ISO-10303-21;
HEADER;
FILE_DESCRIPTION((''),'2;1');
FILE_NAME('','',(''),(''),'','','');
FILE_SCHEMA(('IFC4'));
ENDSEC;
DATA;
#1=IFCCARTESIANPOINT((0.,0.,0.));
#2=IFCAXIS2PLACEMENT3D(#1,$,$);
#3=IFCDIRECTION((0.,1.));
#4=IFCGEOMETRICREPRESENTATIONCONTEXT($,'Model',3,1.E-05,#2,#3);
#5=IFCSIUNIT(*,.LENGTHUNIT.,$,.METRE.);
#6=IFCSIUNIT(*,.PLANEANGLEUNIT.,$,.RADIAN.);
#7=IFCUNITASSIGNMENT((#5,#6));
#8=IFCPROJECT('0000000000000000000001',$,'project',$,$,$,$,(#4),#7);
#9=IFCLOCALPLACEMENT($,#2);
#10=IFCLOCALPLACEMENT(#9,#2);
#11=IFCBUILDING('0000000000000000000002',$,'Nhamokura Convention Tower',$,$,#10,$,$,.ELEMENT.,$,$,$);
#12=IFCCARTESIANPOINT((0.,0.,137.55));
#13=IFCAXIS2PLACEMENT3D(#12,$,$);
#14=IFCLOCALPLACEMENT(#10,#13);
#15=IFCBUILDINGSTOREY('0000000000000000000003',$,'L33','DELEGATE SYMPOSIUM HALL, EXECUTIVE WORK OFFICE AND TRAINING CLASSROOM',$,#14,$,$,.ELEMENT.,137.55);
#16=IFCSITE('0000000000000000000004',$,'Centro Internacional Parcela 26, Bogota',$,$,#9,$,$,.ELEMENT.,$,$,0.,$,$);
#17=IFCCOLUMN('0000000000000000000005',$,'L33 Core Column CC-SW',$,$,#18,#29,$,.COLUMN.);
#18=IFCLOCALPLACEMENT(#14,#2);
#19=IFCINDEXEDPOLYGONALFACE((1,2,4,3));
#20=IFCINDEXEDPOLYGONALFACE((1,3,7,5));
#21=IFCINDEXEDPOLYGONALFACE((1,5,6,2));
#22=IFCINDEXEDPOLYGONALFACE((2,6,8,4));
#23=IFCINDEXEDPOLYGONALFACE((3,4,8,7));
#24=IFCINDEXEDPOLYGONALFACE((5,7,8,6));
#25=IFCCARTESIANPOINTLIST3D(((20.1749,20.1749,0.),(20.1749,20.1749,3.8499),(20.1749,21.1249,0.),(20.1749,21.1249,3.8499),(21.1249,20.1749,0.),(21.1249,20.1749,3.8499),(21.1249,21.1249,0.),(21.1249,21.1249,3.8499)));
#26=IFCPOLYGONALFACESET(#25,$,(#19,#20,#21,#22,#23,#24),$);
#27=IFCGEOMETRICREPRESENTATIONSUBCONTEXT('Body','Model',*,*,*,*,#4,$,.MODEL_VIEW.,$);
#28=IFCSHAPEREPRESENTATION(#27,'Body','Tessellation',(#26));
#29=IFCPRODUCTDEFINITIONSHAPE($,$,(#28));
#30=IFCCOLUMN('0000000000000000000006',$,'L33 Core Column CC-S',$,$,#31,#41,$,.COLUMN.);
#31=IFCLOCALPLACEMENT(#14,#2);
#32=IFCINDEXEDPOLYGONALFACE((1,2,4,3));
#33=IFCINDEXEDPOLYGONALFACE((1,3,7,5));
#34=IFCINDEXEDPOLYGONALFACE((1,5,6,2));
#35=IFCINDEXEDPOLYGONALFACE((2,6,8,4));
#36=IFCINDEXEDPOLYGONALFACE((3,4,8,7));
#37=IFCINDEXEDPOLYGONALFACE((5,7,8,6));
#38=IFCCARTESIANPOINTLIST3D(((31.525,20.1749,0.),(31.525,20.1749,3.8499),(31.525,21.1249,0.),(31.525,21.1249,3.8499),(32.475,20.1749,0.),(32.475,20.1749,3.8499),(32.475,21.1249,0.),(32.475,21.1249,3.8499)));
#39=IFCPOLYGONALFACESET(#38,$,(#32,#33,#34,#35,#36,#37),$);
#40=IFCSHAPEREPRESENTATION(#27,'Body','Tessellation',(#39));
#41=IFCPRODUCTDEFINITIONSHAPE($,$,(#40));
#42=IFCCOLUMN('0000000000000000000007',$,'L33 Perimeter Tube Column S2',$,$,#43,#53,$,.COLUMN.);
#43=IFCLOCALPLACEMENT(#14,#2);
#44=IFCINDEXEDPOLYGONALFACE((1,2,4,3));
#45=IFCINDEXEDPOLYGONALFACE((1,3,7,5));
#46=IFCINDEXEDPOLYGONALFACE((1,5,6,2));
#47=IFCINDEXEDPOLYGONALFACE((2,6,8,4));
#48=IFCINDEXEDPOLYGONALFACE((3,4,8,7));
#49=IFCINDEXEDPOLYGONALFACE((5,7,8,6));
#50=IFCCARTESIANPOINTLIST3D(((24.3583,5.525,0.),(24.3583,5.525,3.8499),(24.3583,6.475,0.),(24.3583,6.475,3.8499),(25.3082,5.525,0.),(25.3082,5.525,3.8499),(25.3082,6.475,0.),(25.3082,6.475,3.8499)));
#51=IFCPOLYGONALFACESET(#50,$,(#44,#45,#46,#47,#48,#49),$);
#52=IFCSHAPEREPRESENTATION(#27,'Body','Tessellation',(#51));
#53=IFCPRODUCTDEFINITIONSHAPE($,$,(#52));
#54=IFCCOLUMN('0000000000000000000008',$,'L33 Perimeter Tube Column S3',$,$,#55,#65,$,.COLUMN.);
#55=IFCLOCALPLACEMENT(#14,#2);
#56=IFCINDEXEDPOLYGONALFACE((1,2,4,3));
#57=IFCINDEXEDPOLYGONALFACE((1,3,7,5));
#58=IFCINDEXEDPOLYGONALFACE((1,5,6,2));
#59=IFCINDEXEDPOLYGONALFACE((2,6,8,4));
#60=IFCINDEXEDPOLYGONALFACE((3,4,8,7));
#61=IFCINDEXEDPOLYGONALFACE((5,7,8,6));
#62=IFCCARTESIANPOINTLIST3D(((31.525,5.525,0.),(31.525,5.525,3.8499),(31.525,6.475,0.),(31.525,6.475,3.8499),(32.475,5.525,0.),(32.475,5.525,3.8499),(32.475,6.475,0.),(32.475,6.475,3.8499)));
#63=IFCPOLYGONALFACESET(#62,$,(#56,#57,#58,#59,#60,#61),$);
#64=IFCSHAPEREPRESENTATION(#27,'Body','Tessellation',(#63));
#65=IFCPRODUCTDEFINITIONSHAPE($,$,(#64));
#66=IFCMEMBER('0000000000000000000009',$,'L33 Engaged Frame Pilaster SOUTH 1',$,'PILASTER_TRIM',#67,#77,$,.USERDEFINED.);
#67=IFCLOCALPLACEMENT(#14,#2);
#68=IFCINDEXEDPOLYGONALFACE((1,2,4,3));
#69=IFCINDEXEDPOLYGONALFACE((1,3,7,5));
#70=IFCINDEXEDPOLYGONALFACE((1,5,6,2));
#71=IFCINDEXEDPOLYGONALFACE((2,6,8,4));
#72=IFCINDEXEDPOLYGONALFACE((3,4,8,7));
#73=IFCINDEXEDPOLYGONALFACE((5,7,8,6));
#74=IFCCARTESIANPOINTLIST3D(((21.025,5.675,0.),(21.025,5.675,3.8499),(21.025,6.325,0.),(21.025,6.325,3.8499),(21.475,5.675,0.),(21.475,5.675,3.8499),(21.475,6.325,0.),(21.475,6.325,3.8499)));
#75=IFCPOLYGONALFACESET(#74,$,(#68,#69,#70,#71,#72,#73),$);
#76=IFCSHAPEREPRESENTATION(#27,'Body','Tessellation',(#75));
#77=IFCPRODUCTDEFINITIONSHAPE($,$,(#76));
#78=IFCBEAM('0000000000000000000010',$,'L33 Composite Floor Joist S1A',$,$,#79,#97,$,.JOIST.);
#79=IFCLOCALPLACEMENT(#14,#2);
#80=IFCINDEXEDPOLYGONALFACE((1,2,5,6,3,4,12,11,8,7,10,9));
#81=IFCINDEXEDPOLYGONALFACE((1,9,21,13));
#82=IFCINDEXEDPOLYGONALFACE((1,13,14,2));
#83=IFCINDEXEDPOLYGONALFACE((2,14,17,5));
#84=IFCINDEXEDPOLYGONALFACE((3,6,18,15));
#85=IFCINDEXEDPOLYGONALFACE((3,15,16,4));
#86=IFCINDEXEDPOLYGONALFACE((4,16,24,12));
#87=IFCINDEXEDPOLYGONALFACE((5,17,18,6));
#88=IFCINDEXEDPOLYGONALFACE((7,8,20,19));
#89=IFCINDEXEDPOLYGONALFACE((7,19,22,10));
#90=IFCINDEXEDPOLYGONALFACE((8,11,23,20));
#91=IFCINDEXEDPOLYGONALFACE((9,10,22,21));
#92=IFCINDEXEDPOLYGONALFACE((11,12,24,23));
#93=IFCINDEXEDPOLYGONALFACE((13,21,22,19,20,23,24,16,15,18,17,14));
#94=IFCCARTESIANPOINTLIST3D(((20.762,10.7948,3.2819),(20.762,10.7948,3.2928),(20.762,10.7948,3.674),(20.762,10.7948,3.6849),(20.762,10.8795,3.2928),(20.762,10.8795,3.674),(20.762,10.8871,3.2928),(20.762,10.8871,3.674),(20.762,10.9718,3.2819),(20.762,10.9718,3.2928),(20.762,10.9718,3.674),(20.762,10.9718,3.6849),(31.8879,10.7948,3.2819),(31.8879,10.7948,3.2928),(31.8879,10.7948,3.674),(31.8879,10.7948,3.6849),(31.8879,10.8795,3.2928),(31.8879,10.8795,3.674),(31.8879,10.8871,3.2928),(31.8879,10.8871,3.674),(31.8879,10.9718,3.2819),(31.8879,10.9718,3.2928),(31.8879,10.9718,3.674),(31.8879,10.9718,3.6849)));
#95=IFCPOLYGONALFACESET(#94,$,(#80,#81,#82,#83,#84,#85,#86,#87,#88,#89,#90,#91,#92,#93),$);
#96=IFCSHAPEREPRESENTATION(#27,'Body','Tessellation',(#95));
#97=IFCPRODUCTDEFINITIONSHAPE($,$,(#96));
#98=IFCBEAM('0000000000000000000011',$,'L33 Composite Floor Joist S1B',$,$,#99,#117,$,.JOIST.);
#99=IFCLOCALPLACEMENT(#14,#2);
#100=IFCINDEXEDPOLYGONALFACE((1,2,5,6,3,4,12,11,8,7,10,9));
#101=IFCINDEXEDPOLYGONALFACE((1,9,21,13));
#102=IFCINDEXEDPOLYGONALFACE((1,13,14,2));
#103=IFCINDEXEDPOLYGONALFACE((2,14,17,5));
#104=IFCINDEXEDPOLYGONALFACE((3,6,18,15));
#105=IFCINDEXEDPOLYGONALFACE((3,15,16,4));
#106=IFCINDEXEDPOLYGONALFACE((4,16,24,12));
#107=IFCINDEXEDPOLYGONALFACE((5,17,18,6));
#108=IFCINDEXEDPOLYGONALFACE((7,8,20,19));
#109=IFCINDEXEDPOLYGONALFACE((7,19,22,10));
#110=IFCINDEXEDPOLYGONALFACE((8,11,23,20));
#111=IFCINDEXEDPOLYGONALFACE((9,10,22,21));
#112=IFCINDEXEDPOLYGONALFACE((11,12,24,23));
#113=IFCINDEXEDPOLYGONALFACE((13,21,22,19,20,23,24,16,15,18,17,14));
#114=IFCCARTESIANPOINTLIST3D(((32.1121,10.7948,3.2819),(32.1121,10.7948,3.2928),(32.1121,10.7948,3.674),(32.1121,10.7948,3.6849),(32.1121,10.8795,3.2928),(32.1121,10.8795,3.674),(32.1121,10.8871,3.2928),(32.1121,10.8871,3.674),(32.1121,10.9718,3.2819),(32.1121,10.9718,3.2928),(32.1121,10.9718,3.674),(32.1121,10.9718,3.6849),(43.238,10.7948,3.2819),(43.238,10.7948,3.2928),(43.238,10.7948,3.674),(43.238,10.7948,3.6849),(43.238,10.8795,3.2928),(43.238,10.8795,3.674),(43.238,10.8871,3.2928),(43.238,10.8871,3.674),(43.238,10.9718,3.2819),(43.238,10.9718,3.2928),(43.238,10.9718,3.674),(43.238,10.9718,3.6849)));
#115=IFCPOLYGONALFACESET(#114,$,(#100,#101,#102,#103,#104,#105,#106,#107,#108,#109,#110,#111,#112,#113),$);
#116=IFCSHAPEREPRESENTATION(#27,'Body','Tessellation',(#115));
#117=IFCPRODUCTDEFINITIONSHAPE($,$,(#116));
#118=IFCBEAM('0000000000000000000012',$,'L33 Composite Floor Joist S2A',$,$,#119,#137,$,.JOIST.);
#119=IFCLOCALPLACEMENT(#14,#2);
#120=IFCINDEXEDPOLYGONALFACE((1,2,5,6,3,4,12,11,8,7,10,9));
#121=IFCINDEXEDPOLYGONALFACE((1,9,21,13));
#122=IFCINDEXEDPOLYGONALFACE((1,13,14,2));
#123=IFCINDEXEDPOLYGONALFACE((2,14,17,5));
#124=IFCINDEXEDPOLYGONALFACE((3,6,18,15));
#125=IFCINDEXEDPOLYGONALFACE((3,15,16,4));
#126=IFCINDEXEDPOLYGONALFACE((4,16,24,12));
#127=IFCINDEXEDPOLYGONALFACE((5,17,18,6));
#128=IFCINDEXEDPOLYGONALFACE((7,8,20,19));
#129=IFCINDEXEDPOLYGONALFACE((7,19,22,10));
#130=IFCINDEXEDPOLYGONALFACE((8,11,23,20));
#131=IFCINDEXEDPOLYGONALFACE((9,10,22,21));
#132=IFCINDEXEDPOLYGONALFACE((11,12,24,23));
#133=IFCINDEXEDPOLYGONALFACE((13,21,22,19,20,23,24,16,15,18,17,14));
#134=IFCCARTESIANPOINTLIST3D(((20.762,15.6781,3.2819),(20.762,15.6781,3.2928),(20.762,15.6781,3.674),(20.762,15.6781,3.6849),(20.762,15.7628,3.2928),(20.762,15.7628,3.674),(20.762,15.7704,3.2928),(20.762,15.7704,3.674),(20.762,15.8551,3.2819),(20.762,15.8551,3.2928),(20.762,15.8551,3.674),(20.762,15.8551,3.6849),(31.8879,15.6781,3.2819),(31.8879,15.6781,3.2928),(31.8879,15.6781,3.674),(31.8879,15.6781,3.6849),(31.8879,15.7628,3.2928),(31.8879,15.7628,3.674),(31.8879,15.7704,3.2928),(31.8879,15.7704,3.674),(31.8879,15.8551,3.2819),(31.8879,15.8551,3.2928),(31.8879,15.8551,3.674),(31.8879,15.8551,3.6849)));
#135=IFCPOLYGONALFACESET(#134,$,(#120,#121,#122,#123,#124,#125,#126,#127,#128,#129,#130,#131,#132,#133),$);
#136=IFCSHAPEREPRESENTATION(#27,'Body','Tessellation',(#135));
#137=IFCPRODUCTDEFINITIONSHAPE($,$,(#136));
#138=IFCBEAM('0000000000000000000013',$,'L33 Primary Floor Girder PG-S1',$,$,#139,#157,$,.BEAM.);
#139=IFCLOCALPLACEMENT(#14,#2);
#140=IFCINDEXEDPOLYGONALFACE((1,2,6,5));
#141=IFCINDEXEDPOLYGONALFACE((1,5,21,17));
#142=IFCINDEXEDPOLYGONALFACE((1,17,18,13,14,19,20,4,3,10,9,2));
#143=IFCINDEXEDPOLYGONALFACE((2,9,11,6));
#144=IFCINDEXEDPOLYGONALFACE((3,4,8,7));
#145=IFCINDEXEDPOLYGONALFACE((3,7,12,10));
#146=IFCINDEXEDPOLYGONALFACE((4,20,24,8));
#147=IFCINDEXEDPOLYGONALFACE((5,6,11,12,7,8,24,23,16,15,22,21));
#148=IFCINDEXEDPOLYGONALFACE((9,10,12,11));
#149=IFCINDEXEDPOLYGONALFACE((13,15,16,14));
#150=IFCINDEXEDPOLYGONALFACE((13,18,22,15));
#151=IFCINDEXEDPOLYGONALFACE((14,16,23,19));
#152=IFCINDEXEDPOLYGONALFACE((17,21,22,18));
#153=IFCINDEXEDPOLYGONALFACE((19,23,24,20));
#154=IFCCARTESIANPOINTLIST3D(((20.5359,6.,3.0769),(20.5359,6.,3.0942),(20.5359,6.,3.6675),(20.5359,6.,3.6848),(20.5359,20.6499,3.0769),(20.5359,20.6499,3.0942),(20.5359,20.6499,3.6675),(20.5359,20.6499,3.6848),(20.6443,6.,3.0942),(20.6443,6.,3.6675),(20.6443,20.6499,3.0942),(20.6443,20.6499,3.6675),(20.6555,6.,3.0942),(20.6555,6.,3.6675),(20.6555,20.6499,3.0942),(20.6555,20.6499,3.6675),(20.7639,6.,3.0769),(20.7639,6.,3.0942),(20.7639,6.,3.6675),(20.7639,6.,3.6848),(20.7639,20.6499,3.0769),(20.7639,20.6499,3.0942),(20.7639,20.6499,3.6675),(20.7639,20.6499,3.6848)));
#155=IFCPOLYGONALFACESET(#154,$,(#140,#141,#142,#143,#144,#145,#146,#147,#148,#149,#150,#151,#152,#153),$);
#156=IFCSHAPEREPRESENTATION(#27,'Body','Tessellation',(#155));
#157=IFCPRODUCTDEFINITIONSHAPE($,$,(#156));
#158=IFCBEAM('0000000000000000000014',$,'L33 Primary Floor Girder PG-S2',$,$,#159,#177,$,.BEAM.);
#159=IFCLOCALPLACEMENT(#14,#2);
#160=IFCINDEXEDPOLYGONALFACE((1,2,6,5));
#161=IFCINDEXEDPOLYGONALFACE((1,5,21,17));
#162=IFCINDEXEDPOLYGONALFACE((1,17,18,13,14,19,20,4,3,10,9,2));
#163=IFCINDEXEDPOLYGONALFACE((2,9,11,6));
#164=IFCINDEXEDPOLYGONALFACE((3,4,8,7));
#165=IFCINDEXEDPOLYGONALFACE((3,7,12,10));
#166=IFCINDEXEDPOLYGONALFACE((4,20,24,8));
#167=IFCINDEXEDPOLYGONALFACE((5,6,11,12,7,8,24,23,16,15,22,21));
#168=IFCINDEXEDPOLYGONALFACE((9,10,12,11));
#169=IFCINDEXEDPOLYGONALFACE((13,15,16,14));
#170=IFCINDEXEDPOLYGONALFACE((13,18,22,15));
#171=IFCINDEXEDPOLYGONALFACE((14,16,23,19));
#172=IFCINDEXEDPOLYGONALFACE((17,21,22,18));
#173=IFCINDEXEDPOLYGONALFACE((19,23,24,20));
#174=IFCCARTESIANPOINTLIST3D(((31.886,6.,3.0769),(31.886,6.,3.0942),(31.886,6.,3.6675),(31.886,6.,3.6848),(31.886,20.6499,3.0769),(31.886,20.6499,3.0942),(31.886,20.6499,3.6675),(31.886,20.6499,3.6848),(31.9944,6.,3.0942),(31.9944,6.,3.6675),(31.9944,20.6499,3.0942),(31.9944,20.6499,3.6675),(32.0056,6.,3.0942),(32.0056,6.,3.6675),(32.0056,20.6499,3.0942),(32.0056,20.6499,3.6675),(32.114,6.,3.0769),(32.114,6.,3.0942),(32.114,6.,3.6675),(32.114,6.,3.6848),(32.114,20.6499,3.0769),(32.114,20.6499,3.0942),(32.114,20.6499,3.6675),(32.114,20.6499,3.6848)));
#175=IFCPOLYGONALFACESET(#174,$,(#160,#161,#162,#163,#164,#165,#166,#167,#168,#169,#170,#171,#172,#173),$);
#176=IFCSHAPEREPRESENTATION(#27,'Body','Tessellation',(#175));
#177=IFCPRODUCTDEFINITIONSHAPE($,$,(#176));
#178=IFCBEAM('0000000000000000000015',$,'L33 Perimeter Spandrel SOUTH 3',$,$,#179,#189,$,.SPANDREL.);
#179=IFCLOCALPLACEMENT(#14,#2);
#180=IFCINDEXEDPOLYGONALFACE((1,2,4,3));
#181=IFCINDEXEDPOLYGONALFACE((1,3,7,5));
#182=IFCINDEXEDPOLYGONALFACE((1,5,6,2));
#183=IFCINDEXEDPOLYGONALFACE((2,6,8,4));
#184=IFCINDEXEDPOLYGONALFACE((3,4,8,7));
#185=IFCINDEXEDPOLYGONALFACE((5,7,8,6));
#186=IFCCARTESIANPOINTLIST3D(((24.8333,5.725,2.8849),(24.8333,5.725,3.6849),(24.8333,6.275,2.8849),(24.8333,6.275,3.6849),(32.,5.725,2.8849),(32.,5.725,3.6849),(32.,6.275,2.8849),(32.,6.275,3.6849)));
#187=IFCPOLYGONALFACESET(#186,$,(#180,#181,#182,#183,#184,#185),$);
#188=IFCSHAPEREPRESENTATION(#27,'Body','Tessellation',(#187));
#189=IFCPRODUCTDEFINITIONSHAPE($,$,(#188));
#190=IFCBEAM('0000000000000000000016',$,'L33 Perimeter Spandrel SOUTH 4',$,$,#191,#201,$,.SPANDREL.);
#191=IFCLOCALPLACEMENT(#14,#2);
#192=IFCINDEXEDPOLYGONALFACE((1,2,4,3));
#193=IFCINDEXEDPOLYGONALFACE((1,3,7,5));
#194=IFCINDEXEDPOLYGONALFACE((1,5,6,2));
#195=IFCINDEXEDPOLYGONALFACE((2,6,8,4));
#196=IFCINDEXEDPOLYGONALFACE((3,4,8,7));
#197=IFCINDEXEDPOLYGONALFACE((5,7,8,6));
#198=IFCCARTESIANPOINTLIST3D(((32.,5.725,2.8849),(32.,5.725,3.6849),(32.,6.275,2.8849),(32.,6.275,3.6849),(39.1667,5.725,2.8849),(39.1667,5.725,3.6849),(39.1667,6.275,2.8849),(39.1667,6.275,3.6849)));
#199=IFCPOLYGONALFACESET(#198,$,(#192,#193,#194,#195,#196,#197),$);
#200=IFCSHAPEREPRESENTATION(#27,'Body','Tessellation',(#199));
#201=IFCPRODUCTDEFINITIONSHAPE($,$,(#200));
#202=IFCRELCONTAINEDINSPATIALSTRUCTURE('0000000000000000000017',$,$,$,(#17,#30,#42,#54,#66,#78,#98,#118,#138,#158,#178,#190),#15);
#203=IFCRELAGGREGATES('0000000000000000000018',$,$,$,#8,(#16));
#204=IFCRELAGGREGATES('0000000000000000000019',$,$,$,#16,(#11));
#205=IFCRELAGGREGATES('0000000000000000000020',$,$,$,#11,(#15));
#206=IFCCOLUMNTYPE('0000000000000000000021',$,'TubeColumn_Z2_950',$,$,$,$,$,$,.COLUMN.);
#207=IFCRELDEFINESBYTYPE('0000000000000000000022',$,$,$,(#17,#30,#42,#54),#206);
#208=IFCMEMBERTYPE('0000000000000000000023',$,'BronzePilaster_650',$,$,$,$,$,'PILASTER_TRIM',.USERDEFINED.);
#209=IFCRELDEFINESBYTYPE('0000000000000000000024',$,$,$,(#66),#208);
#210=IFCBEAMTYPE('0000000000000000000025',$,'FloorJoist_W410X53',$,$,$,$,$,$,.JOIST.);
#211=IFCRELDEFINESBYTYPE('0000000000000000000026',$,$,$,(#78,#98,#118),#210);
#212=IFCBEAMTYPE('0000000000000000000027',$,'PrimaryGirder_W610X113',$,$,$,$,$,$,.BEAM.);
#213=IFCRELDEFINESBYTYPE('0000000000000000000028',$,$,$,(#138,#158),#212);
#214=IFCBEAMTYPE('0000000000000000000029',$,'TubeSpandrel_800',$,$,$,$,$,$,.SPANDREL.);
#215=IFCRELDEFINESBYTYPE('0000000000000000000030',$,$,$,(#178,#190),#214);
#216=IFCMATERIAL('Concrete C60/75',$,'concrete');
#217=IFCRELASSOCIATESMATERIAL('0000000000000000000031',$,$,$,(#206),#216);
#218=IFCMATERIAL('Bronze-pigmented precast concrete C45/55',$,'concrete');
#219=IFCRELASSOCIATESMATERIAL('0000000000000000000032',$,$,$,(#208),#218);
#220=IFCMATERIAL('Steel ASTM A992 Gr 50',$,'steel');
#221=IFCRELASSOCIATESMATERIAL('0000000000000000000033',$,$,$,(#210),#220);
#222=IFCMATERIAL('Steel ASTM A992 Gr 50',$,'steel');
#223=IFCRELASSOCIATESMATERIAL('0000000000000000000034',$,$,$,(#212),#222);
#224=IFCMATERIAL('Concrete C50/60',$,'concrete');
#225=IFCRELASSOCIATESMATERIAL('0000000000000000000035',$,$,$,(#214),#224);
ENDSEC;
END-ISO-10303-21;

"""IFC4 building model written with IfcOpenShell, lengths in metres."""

from ifc_helpers import new_model, si_unit, direction, frame, origin, origin_2d, place, context, subcontext, project, spatial, rectangle, i_section, extrude, material, material_profile, profile_set, type_object, element, save


model = new_model("IFC4")

# Units and contexts
model_context = context("Model", 3, precision=1e-05, world=origin(), true_north=direction((0.0, 1.0)))
body_context = subcontext(model_context, "Body", "Model", "MODEL_VIEW")
ifc_project = project(units=[si_unit("LENGTHUNIT", "METRE"), si_unit("PLANEANGLEUNIT", "RADIAN")], contexts=[model_context])

# Site, building, storey
site_placement = place(None, origin())
site = spatial("IfcSite", under=ifc_project, at=site_placement, Name="Centro Internacional Parcela 26, Bogota", CompositionType="ELEMENT", RefElevation=0.0)
building_placement = place(site_placement, origin())
building = spatial("IfcBuilding", under=site, at=building_placement, Name="Nhamokura Convention Tower", CompositionType="ELEMENT")
storey_placement = place(building_placement, frame((0.0, 0.0, 137.55)))
storey = spatial("IfcBuildingStorey", under=building, at=storey_placement, Name="L33", Description="DELEGATE SYMPOSIUM HALL, EXECUTIVE WORK OFFICE AND TRAINING CLASSROOM", CompositionType="ELEMENT", Elevation=137.55)

# Columns
ifc_material_1 = material(Name="Concrete C60/75", Category="concrete")
ifc_material_profile_1 = material_profile(ifc_material_1, rectangle(XDim=0.95, YDim=0.95, at=origin_2d()))
ifc_profile_set_1 = profile_set([ifc_material_profile_1], Name="Concrete C60/75")
column_type = type_object("IfcColumnType", Name="TubeColumn_Z2_950", PredefinedType="COLUMN", material=ifc_profile_set_1)
for number, where, z_axis, x_axis, name in (
    (1, (20.6499, 20.6499, 0.0), (0.0, 0.0, 1.0), (1.0, 0.0, 0.0), "L33 Core Column CC-SW"),
    (2, (32.0, 20.6499, 0.0), (0.0, 0.0, 1.0), (1.0, 0.0, 0.0), "L33 Core Column CC-S"),
    (3, (24.8333, 6.0, 0.0), (0.0, 0.0, 1.0), (1.0, 0.0, 0.0), "L33 Perimeter Tube Column S2"),
    (4, (32.0, 6.0, 0.0), (0.0, 0.0, 1.0), (1.0, 0.0, 0.0), "L33 Perimeter Tube Column S3"),
):
    element("IfcColumn", number, at=place(storey_placement, frame(where, z_axis=z_axis, x_axis=x_axis)), inside=storey, type_object=column_type, Name=name, PredefinedType="COLUMN", context=body_context, shape_type="SweptSolid", body=[
        extrude(rectangle(XDim=0.95, YDim=0.95, at=origin_2d()), origin(), (0.0, 0.0, 1.0), 3.8499),
    ])

# Member
ifc_material_2 = material(Name="Bronze-pigmented precast concrete C45/55", Category="concrete")
ifc_material_profile_2 = material_profile(ifc_material_2, rectangle(XDim=0.45, YDim=0.6499, at=origin_2d()))
ifc_profile_set_2 = profile_set([ifc_material_profile_2], Name="Bronze-pigmented precast concrete C45/55")
member_type = type_object("IfcMemberType", Name="BronzePilaster_650", ElementType="PILASTER_TRIM", PredefinedType="USERDEFINED", material=ifc_profile_set_2)
member_placement = place(storey_placement, frame((21.25, 6.0, 0.0), z_axis=(0.0, 0.0, 1.0), x_axis=(1.0, 0.0, 0.0)))
element("IfcMember", 5, at=member_placement, inside=storey, type_object=member_type, Name="L33 Engaged Frame Pilaster SOUTH 1", ObjectType="PILASTER_TRIM", PredefinedType="USERDEFINED", context=body_context, shape_type="SweptSolid", body=[
    extrude(rectangle(XDim=0.45, YDim=0.6499, at=origin_2d()), origin(), (0.0, 0.0, 1.0), 3.8499),
])

# Beams
ifc_material_3 = material(Name="Steel ASTM A992 Gr 50", Category="steel")
ifc_material_profile_3 = material_profile(ifc_material_3, i_section(OverallWidth=0.177, OverallDepth=0.4031, WebThickness=0.0076, FlangeThickness=0.011, at=origin_2d()))
ifc_profile_set_3 = profile_set([ifc_material_profile_3], Name="Steel ASTM A992 Gr 50")
beam_type_1 = type_object("IfcBeamType", Name="FloorJoist_W410X53", PredefinedType="JOIST", material=ifc_profile_set_3)
for number, where, z_axis, x_axis, name in (
    (6, (20.762, 10.8833, 3.4834), (1.0, 0.0, 0.0), (0.0, 1.0, 0.0), "L33 Composite Floor Joist S1A"),
    (7, (32.1121, 10.8833, 3.4834), (1.0, 0.0, 0.0), (0.0, 1.0, 0.0), "L33 Composite Floor Joist S1B"),
    (8, (20.762, 15.7666, 3.4834), (1.0, 0.0, 0.0), (0.0, 1.0, 0.0), "L33 Composite Floor Joist S2A"),
):
    element("IfcBeam", number, at=place(storey_placement, frame(where, z_axis=z_axis, x_axis=x_axis)), inside=storey, type_object=beam_type_1, Name=name, PredefinedType="JOIST", context=body_context, shape_type="SweptSolid", body=[
        extrude(i_section(OverallWidth=0.177, OverallDepth=0.4031, WebThickness=0.0076, FlangeThickness=0.011, at=origin_2d()), origin(), (0.0, 0.0, 1.0), 11.126),
    ])
ifc_material_4 = material(Name="Steel ASTM A992 Gr 50", Category="steel")
ifc_material_profile_4 = material_profile(ifc_material_4, i_section(OverallWidth=0.228, OverallDepth=0.6079, WebThickness=0.0112, FlangeThickness=0.0173, at=origin_2d()))
ifc_profile_set_4 = profile_set([ifc_material_profile_4], Name="Steel ASTM A992 Gr 50")
beam_type_2 = type_object("IfcBeamType", Name="PrimaryGirder_W610X113", PredefinedType="BEAM", material=ifc_profile_set_4)
for number, where, z_axis, x_axis, name in (
    (9, (20.6499, 6.0, 3.3809), (0.0, 1.0, 0.0), (-1.0, 0.0, 0.0), "L33 Primary Floor Girder PG-S1"),
    (10, (32.0, 6.0, 3.3809), (0.0, 1.0, 0.0), (-1.0, 0.0, 0.0), "L33 Primary Floor Girder PG-S2"),
):
    element("IfcBeam", number, at=place(storey_placement, frame(where, z_axis=z_axis, x_axis=x_axis)), inside=storey, type_object=beam_type_2, Name=name, PredefinedType="BEAM", context=body_context, shape_type="SweptSolid", body=[
        extrude(i_section(OverallWidth=0.228, OverallDepth=0.6079, WebThickness=0.0112, FlangeThickness=0.0173, at=origin_2d()), origin(), (0.0, 0.0, 1.0), 14.6499),
    ])
ifc_material_5 = material(Name="Concrete C50/60", Category="concrete")
ifc_material_profile_5 = material_profile(ifc_material_5, rectangle(XDim=0.55, YDim=0.8, at=origin_2d()))
ifc_profile_set_5 = profile_set([ifc_material_profile_5], Name="Concrete C50/60")
beam_type_3 = type_object("IfcBeamType", Name="TubeSpandrel_800", PredefinedType="SPANDREL", material=ifc_profile_set_5)
for number, where, z_axis, x_axis, name in (
    (11, (24.8333, 6.0, 3.2849), (1.0, 0.0, 0.0), (0.0, 1.0, 0.0), "L33 Perimeter Spandrel SOUTH 3"),
    (12, (32.0, 6.0, 3.2849), (1.0, 0.0, 0.0), (0.0, 1.0, 0.0), "L33 Perimeter Spandrel SOUTH 4"),
):
    element("IfcBeam", number, at=place(storey_placement, frame(where, z_axis=z_axis, x_axis=x_axis)), inside=storey, type_object=beam_type_3, Name=name, PredefinedType="SPANDREL", context=body_context, shape_type="SweptSolid", body=[
        extrude(rectangle(XDim=0.55, YDim=0.8, at=origin_2d()), origin(), (0.0, 0.0, 1.0), 7.1667),
    ])

save(model, "model.ifc")
